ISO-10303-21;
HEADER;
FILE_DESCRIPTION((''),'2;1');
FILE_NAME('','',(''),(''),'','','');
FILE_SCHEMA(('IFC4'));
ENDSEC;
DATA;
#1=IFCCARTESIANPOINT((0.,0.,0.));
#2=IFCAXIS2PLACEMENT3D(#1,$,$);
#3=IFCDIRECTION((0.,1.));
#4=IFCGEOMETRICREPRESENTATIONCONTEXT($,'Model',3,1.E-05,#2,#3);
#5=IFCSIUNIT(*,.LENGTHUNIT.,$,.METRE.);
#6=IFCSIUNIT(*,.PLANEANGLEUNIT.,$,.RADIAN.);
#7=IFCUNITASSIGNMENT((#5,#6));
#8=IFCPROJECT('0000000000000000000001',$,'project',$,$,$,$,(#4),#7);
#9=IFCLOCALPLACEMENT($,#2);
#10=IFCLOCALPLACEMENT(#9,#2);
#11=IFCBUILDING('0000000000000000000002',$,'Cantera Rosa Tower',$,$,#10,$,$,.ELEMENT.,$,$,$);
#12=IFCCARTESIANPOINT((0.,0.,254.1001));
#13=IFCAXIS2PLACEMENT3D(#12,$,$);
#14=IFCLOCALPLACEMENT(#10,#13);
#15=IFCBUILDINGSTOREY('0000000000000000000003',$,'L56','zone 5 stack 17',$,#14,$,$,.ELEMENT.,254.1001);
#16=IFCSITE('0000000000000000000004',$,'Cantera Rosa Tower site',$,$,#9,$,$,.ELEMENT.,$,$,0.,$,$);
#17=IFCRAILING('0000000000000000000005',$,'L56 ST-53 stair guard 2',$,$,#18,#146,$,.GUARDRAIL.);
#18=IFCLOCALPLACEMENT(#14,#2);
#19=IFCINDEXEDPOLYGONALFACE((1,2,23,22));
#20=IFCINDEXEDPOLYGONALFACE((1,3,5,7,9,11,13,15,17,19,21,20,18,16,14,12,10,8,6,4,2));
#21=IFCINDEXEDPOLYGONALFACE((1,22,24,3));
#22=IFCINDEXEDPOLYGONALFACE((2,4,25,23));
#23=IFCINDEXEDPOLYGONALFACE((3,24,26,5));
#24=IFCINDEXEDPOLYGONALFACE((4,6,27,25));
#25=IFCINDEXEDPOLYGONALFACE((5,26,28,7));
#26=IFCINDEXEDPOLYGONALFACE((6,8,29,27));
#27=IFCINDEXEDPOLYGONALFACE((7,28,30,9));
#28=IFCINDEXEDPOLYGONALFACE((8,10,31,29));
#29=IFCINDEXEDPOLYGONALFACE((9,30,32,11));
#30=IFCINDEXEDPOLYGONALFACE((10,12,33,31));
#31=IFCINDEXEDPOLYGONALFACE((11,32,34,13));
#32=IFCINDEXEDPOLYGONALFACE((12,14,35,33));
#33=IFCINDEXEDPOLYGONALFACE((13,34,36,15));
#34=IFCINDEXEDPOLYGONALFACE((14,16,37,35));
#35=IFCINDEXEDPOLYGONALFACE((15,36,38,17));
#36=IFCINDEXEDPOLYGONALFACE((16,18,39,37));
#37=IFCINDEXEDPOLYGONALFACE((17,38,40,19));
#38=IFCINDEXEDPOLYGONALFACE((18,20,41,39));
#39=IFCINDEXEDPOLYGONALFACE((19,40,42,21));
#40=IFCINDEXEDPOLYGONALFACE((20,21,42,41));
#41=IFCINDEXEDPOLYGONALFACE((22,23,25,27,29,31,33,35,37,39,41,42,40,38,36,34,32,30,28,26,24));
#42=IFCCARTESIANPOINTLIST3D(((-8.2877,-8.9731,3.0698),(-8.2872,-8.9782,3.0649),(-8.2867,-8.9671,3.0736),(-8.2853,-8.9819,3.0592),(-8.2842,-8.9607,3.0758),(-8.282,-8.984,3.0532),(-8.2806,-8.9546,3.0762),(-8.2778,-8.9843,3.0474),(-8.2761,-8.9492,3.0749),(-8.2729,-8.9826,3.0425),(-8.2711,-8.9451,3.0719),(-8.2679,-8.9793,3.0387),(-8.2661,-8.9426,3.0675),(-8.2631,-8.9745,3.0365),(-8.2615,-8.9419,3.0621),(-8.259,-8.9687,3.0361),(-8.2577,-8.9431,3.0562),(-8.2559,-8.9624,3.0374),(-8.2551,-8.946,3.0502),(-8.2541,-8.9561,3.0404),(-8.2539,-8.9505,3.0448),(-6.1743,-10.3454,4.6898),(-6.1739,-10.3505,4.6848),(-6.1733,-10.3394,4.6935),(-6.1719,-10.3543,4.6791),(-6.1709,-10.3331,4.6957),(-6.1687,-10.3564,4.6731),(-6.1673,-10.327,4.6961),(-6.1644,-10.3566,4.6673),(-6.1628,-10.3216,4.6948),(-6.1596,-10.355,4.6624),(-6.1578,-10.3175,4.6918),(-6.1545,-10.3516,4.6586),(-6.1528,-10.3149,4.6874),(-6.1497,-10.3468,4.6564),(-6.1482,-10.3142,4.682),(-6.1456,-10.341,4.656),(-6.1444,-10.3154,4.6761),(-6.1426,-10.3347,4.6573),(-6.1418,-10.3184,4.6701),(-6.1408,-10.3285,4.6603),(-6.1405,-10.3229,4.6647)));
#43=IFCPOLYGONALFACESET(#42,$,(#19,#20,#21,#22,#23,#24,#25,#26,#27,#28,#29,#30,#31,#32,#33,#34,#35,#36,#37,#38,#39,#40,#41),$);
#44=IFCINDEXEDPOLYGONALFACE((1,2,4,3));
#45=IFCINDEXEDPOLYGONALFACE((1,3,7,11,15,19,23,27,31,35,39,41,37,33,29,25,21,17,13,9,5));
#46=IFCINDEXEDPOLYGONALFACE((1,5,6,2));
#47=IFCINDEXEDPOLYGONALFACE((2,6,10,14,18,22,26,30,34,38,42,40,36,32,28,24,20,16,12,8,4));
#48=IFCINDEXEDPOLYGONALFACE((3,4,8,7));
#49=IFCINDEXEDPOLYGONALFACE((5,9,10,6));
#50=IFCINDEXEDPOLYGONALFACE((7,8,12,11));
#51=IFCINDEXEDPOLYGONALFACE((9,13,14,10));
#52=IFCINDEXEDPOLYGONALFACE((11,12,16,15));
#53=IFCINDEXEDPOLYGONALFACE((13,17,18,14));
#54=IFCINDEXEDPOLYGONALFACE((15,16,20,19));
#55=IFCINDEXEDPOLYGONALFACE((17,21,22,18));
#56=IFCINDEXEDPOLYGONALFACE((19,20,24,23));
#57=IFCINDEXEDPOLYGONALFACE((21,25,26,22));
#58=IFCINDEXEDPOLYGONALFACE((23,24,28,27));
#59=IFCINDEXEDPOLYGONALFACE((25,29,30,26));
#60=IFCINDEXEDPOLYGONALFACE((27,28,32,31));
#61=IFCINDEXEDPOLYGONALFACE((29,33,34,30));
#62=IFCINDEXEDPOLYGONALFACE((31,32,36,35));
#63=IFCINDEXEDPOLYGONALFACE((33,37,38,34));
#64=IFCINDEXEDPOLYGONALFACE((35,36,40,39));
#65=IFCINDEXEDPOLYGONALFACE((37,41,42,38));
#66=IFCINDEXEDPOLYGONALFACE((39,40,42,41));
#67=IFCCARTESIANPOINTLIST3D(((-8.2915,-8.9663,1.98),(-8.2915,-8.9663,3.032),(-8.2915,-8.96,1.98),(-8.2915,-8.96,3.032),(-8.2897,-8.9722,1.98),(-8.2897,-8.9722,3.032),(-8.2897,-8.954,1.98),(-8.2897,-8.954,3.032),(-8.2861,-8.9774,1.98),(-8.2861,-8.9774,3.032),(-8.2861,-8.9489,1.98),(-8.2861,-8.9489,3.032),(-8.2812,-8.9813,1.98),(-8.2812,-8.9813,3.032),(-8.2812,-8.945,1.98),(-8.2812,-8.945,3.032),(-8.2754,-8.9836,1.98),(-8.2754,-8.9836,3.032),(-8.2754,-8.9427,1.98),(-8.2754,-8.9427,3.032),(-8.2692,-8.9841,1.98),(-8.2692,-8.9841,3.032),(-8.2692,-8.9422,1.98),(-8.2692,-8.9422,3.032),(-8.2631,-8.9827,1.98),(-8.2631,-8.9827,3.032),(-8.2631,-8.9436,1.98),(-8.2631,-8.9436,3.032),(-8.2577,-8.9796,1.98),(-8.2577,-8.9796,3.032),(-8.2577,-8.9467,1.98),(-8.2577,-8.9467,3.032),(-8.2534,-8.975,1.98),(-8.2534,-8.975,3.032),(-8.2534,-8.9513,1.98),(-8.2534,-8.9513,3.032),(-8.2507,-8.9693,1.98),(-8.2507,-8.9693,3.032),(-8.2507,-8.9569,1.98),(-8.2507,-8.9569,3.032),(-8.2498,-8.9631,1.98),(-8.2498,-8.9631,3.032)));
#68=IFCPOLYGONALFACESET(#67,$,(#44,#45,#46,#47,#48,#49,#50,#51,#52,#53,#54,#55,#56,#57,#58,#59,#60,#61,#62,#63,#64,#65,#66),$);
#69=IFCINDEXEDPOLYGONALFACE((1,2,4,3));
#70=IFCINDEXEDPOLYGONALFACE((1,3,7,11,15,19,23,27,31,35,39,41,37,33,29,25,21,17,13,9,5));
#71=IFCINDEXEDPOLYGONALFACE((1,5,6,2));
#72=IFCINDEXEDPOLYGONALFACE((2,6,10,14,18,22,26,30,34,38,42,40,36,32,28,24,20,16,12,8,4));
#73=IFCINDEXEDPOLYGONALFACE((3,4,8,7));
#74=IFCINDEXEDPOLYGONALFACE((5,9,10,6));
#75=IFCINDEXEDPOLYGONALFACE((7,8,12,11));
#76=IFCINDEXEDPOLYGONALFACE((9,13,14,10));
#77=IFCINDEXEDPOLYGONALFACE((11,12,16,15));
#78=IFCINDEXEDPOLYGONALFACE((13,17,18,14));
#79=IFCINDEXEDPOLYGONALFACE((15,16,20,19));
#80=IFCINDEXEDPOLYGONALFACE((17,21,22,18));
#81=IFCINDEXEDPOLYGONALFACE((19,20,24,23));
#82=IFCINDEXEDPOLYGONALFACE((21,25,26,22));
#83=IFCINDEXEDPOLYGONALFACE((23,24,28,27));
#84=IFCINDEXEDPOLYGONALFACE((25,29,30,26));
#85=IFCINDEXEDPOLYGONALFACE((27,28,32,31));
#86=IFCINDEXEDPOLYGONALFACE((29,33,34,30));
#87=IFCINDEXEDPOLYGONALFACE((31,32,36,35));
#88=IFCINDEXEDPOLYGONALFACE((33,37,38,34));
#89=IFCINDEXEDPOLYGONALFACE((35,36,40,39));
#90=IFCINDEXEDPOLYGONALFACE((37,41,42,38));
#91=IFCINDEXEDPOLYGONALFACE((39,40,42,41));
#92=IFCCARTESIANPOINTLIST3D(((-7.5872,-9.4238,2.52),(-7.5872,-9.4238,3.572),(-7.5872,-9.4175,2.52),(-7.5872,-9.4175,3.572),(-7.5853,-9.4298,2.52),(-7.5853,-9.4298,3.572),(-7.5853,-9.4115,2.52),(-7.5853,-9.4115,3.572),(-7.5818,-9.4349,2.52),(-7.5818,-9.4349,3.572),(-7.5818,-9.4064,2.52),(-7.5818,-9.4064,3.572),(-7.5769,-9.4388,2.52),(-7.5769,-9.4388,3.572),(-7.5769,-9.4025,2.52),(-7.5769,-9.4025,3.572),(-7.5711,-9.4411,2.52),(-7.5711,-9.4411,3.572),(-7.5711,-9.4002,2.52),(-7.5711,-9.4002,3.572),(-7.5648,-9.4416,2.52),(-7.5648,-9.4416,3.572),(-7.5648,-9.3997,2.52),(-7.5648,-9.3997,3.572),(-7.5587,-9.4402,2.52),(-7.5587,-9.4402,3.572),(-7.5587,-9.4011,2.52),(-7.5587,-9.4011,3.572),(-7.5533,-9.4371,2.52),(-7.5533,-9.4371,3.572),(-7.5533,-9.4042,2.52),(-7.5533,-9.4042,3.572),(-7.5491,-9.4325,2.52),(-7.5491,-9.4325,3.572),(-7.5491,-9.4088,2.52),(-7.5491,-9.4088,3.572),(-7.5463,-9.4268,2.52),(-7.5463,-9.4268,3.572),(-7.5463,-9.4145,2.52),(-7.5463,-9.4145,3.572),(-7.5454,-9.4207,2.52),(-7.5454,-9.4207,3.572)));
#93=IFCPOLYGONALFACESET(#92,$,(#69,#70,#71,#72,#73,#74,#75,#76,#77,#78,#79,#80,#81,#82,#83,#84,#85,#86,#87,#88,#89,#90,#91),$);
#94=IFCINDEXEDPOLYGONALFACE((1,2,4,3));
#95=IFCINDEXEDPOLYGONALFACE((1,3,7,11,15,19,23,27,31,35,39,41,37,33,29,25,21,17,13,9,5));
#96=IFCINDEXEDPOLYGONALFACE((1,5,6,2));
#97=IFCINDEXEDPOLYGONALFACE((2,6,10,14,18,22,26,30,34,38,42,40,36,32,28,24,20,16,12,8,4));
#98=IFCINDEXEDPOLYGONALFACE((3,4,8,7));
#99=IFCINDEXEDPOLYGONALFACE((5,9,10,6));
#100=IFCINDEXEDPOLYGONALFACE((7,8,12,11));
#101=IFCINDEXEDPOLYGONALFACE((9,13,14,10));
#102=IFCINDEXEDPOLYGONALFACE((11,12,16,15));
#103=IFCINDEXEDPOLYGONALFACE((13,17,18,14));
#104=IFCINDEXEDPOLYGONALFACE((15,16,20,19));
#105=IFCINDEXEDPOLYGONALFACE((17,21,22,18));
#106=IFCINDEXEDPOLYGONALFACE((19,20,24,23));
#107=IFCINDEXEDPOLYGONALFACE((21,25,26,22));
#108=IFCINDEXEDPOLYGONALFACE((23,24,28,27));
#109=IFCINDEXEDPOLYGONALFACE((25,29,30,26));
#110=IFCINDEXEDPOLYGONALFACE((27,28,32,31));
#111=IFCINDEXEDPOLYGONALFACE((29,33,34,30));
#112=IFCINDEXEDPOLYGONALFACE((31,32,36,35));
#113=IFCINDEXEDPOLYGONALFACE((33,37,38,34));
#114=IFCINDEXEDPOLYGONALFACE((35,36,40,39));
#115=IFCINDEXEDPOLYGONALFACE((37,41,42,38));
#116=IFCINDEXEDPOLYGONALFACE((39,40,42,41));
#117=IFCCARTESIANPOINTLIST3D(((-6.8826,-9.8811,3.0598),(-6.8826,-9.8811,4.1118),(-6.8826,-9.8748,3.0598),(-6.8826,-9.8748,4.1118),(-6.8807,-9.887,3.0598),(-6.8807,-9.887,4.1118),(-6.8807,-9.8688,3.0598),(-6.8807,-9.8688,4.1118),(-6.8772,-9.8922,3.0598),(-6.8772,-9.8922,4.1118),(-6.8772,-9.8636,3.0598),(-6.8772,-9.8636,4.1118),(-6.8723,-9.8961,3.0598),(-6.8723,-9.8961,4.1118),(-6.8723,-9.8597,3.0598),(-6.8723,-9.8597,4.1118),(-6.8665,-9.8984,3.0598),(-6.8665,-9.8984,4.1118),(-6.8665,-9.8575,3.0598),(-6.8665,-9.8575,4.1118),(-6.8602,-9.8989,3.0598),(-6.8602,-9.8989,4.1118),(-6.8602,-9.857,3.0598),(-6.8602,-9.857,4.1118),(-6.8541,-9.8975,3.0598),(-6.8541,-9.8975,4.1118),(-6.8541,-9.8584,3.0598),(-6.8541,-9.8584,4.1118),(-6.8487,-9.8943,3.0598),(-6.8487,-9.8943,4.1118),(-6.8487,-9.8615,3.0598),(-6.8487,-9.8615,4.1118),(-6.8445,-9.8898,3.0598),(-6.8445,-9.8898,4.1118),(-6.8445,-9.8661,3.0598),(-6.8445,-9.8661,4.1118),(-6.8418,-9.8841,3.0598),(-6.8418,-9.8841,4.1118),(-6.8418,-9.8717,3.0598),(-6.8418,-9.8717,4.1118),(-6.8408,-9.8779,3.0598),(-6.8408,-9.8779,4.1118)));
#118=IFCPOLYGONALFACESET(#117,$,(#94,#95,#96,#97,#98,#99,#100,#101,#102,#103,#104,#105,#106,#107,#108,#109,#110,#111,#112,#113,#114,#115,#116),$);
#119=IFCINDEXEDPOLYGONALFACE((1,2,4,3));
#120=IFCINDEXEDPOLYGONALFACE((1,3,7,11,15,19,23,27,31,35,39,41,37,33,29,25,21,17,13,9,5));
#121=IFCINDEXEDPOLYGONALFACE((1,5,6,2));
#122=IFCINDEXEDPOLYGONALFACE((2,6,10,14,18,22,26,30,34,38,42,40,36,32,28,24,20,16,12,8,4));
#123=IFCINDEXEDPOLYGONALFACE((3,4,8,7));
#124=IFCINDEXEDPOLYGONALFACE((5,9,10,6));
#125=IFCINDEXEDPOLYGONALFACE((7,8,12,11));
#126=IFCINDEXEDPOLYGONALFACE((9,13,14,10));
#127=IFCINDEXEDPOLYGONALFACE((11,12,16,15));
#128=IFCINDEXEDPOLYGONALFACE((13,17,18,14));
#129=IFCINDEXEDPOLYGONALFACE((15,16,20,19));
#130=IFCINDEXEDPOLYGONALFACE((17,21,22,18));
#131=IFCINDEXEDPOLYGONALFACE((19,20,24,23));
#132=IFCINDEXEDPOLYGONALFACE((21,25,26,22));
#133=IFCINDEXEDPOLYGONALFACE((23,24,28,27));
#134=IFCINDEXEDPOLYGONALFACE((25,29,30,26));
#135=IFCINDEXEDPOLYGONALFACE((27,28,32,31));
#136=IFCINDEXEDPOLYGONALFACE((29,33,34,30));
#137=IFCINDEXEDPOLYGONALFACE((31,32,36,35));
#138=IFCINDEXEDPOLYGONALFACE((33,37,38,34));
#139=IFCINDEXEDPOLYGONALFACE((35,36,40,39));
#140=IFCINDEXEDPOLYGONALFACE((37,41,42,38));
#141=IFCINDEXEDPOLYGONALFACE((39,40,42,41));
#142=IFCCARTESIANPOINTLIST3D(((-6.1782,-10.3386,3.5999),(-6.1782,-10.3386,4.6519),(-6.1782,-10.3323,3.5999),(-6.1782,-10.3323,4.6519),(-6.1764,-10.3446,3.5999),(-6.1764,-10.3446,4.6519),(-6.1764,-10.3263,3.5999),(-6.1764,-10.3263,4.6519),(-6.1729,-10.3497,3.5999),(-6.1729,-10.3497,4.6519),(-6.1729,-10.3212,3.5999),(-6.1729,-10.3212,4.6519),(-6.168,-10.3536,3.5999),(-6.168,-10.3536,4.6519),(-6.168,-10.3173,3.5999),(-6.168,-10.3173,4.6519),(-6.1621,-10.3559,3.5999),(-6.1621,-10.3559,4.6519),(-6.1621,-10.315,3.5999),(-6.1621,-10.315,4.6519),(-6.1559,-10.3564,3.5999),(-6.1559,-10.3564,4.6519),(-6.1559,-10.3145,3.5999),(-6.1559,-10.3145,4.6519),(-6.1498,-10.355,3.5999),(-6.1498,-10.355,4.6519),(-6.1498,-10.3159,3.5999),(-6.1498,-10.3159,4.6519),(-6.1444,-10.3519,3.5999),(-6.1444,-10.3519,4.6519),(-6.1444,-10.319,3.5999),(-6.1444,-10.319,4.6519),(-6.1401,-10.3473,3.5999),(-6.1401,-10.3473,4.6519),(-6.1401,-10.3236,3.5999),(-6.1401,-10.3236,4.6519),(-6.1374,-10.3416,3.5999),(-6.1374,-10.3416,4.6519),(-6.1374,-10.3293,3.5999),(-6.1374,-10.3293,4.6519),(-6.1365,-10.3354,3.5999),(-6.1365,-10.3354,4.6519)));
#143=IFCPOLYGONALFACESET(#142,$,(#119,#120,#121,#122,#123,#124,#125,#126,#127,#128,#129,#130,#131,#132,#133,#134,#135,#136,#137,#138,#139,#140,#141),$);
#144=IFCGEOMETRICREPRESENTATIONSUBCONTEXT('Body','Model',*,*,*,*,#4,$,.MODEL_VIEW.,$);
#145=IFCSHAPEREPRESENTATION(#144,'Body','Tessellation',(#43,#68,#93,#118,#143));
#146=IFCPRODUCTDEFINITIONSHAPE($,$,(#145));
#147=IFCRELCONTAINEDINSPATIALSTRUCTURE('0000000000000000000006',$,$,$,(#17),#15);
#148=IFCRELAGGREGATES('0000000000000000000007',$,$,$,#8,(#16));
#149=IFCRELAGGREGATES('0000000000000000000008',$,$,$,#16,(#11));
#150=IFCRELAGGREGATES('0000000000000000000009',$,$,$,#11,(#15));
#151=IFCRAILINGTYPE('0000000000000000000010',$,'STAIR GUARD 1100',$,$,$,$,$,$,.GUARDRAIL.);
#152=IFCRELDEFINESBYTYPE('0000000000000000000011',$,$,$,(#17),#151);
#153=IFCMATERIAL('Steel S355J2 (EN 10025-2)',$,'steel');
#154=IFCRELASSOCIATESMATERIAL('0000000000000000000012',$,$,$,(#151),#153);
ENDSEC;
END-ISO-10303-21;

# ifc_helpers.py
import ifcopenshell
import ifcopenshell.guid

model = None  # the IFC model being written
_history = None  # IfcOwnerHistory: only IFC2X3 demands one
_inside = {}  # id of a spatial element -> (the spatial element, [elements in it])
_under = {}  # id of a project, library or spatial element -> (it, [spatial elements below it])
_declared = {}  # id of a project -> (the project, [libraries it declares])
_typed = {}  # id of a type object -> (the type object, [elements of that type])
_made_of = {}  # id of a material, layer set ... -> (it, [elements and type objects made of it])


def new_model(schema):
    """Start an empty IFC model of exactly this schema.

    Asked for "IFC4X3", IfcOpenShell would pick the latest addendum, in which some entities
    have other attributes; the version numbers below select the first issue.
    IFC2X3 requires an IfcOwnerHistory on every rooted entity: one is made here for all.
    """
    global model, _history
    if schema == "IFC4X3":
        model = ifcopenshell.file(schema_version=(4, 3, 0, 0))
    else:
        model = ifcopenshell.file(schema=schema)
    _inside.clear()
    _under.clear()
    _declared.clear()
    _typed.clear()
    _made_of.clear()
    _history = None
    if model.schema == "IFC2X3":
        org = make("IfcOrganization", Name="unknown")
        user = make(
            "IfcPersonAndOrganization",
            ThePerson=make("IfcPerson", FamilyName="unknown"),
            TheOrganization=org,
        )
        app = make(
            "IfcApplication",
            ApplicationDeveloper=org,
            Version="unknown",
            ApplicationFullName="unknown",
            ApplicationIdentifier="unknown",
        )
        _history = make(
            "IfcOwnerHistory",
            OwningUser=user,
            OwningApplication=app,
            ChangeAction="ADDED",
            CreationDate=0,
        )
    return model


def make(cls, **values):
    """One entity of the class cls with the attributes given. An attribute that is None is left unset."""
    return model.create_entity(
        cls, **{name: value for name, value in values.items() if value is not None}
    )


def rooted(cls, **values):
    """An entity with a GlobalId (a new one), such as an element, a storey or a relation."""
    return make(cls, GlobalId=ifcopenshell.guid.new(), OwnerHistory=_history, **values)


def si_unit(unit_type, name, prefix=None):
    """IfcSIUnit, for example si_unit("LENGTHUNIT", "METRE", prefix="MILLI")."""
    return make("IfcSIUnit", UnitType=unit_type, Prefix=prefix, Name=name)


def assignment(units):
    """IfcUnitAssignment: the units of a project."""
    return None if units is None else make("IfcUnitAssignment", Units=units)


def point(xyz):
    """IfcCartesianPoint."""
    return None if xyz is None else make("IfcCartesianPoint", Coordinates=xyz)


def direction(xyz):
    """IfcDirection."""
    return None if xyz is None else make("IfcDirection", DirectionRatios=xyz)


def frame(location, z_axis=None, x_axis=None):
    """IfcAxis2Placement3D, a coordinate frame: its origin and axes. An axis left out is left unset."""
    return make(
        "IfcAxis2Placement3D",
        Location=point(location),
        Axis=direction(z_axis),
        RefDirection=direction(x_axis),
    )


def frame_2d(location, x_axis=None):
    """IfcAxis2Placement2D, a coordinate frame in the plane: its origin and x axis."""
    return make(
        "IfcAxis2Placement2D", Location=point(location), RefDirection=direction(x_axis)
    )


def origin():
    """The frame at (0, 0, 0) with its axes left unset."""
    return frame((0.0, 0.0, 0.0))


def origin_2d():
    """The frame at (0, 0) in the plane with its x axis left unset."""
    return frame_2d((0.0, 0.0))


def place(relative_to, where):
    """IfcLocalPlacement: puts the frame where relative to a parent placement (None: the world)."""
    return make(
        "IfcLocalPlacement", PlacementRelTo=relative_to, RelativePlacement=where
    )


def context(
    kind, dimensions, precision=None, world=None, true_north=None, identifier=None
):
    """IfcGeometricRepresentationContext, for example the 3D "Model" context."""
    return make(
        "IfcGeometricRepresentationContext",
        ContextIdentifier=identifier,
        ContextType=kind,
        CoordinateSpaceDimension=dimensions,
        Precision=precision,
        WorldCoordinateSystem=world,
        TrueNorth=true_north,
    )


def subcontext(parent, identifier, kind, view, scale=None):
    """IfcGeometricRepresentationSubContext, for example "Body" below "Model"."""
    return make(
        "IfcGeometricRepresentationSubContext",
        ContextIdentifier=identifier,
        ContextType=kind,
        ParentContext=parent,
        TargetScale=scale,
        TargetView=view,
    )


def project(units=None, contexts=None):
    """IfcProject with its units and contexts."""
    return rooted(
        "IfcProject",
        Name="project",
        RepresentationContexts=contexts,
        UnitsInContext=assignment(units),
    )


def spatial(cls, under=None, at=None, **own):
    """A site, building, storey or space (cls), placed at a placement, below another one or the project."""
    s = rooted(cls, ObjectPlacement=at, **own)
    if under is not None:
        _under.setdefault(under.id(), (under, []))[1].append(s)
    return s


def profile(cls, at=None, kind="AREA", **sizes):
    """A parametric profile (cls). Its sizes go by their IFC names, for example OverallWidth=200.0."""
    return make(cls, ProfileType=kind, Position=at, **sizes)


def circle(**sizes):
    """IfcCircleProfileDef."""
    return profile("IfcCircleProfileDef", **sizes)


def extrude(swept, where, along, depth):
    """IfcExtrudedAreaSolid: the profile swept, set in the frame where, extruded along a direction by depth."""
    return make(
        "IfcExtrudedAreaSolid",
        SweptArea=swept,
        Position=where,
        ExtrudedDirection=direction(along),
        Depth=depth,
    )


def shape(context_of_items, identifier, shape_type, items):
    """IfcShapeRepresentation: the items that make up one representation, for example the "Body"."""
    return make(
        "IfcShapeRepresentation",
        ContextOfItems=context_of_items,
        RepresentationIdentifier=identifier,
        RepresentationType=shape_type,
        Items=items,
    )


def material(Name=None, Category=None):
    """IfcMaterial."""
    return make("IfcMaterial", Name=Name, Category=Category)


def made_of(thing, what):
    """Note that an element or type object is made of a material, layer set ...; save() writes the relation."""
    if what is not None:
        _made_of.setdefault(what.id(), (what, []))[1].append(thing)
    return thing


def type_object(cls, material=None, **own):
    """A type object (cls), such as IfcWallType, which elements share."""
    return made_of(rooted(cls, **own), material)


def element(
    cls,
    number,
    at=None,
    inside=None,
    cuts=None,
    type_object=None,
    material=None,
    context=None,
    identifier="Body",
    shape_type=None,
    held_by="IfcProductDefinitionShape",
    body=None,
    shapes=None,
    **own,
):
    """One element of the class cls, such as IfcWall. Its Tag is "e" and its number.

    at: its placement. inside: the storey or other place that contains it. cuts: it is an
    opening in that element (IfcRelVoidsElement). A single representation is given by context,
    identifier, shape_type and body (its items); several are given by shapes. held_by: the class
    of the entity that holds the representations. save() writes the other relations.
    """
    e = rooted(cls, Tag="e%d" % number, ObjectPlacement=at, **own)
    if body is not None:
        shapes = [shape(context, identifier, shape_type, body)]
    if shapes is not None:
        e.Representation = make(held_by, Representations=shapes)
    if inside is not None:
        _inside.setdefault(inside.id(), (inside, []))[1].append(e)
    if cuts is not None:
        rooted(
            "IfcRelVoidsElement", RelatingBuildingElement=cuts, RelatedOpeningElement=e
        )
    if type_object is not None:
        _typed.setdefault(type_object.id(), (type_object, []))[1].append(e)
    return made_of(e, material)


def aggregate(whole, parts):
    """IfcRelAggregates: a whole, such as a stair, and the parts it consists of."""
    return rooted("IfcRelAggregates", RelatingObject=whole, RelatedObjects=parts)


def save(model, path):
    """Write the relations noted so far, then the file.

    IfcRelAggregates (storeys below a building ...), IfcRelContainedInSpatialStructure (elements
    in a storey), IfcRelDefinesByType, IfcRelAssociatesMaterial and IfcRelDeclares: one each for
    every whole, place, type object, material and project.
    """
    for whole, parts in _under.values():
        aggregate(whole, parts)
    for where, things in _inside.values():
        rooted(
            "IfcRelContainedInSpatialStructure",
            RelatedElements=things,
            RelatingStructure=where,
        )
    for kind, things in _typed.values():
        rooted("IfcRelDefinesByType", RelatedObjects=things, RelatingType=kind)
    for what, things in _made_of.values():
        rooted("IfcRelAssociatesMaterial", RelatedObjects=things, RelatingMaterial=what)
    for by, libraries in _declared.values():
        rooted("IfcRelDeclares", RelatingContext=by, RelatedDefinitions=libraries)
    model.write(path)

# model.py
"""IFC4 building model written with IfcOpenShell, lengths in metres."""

from ifc_helpers import new_model, si_unit, direction, frame, origin, origin_2d, place, context, subcontext, project, spatial, circle, extrude, material, type_object, element, save


model = new_model("IFC4")

# Units and contexts
model_context = context("Model", 3, precision=1e-05, world=origin(), true_north=direction((0.0, 1.0)))
body_context = subcontext(model_context, "Body", "Model", "MODEL_VIEW")
ifc_project = project(units=[si_unit("LENGTHUNIT", "METRE"), si_unit("PLANEANGLEUNIT", "RADIAN")], contexts=[model_context])

# Site, building, storey
site_placement = place(None, origin())
site = spatial("IfcSite", under=ifc_project, at=site_placement, Name="Cantera Rosa Tower site", CompositionType="ELEMENT", RefElevation=0.0)
building_placement = place(site_placement, origin())
building = spatial("IfcBuilding", under=site, at=building_placement, Name="Cantera Rosa Tower", CompositionType="ELEMENT")
storey_placement = place(building_placement, frame((0.0, 0.0, 254.1001)))
storey = spatial("IfcBuildingStorey", under=building, at=storey_placement, Name="L56", Description="zone 5 stack 17", CompositionType="ELEMENT", Elevation=254.1001)

# Railing
ifc_material_1 = material(Name="Steel S355J2 (EN 10025-2)", Category="steel")
railing_type_1 = type_object("IfcRailingType", Name="STAIR GUARD 1100", PredefinedType="GUARDRAIL", material=ifc_material_1)
railing_1_placement = place(storey_placement, frame((-8.2708, -8.9631, 1.98)))
element("IfcRailing", 1, at=railing_1_placement, inside=storey, type_object=railing_type_1, Name="L56 ST-53 stair guard 2", PredefinedType="GUARDRAIL", context=body_context, shape_type="SweptSolid", body=[
    extrude(circle(Radius=0.0239, at=origin_2d()), frame((0.0, 0.0, 1.0762), z_axis=(0.705479, -0.458121, 0.540764), x_axis=(0.54462, 0.838683, 0.0)), (0.0, 0.0, 1.0), 2.9956),
    extrude(circle(Radius=0.021, at=origin_2d()), origin(), (0.0, 0.0, 1.0), 1.052),
    extrude(circle(Radius=0.021, at=origin_2d()), frame((0.7043, -0.4575, 0.54)), (0.0, 0.0, 1.0), 1.052),
    extrude(circle(Radius=0.021, at=origin_2d()), frame((1.4089, -0.9148, 1.0798)), (0.0, 0.0, 1.0), 1.052),
    extrude(circle(Radius=0.021, at=origin_2d()), frame((2.1133, -1.3723, 1.6199)), (0.0, 0.0, 1.0), 1.052),
])

save(model, "model.ifc")
